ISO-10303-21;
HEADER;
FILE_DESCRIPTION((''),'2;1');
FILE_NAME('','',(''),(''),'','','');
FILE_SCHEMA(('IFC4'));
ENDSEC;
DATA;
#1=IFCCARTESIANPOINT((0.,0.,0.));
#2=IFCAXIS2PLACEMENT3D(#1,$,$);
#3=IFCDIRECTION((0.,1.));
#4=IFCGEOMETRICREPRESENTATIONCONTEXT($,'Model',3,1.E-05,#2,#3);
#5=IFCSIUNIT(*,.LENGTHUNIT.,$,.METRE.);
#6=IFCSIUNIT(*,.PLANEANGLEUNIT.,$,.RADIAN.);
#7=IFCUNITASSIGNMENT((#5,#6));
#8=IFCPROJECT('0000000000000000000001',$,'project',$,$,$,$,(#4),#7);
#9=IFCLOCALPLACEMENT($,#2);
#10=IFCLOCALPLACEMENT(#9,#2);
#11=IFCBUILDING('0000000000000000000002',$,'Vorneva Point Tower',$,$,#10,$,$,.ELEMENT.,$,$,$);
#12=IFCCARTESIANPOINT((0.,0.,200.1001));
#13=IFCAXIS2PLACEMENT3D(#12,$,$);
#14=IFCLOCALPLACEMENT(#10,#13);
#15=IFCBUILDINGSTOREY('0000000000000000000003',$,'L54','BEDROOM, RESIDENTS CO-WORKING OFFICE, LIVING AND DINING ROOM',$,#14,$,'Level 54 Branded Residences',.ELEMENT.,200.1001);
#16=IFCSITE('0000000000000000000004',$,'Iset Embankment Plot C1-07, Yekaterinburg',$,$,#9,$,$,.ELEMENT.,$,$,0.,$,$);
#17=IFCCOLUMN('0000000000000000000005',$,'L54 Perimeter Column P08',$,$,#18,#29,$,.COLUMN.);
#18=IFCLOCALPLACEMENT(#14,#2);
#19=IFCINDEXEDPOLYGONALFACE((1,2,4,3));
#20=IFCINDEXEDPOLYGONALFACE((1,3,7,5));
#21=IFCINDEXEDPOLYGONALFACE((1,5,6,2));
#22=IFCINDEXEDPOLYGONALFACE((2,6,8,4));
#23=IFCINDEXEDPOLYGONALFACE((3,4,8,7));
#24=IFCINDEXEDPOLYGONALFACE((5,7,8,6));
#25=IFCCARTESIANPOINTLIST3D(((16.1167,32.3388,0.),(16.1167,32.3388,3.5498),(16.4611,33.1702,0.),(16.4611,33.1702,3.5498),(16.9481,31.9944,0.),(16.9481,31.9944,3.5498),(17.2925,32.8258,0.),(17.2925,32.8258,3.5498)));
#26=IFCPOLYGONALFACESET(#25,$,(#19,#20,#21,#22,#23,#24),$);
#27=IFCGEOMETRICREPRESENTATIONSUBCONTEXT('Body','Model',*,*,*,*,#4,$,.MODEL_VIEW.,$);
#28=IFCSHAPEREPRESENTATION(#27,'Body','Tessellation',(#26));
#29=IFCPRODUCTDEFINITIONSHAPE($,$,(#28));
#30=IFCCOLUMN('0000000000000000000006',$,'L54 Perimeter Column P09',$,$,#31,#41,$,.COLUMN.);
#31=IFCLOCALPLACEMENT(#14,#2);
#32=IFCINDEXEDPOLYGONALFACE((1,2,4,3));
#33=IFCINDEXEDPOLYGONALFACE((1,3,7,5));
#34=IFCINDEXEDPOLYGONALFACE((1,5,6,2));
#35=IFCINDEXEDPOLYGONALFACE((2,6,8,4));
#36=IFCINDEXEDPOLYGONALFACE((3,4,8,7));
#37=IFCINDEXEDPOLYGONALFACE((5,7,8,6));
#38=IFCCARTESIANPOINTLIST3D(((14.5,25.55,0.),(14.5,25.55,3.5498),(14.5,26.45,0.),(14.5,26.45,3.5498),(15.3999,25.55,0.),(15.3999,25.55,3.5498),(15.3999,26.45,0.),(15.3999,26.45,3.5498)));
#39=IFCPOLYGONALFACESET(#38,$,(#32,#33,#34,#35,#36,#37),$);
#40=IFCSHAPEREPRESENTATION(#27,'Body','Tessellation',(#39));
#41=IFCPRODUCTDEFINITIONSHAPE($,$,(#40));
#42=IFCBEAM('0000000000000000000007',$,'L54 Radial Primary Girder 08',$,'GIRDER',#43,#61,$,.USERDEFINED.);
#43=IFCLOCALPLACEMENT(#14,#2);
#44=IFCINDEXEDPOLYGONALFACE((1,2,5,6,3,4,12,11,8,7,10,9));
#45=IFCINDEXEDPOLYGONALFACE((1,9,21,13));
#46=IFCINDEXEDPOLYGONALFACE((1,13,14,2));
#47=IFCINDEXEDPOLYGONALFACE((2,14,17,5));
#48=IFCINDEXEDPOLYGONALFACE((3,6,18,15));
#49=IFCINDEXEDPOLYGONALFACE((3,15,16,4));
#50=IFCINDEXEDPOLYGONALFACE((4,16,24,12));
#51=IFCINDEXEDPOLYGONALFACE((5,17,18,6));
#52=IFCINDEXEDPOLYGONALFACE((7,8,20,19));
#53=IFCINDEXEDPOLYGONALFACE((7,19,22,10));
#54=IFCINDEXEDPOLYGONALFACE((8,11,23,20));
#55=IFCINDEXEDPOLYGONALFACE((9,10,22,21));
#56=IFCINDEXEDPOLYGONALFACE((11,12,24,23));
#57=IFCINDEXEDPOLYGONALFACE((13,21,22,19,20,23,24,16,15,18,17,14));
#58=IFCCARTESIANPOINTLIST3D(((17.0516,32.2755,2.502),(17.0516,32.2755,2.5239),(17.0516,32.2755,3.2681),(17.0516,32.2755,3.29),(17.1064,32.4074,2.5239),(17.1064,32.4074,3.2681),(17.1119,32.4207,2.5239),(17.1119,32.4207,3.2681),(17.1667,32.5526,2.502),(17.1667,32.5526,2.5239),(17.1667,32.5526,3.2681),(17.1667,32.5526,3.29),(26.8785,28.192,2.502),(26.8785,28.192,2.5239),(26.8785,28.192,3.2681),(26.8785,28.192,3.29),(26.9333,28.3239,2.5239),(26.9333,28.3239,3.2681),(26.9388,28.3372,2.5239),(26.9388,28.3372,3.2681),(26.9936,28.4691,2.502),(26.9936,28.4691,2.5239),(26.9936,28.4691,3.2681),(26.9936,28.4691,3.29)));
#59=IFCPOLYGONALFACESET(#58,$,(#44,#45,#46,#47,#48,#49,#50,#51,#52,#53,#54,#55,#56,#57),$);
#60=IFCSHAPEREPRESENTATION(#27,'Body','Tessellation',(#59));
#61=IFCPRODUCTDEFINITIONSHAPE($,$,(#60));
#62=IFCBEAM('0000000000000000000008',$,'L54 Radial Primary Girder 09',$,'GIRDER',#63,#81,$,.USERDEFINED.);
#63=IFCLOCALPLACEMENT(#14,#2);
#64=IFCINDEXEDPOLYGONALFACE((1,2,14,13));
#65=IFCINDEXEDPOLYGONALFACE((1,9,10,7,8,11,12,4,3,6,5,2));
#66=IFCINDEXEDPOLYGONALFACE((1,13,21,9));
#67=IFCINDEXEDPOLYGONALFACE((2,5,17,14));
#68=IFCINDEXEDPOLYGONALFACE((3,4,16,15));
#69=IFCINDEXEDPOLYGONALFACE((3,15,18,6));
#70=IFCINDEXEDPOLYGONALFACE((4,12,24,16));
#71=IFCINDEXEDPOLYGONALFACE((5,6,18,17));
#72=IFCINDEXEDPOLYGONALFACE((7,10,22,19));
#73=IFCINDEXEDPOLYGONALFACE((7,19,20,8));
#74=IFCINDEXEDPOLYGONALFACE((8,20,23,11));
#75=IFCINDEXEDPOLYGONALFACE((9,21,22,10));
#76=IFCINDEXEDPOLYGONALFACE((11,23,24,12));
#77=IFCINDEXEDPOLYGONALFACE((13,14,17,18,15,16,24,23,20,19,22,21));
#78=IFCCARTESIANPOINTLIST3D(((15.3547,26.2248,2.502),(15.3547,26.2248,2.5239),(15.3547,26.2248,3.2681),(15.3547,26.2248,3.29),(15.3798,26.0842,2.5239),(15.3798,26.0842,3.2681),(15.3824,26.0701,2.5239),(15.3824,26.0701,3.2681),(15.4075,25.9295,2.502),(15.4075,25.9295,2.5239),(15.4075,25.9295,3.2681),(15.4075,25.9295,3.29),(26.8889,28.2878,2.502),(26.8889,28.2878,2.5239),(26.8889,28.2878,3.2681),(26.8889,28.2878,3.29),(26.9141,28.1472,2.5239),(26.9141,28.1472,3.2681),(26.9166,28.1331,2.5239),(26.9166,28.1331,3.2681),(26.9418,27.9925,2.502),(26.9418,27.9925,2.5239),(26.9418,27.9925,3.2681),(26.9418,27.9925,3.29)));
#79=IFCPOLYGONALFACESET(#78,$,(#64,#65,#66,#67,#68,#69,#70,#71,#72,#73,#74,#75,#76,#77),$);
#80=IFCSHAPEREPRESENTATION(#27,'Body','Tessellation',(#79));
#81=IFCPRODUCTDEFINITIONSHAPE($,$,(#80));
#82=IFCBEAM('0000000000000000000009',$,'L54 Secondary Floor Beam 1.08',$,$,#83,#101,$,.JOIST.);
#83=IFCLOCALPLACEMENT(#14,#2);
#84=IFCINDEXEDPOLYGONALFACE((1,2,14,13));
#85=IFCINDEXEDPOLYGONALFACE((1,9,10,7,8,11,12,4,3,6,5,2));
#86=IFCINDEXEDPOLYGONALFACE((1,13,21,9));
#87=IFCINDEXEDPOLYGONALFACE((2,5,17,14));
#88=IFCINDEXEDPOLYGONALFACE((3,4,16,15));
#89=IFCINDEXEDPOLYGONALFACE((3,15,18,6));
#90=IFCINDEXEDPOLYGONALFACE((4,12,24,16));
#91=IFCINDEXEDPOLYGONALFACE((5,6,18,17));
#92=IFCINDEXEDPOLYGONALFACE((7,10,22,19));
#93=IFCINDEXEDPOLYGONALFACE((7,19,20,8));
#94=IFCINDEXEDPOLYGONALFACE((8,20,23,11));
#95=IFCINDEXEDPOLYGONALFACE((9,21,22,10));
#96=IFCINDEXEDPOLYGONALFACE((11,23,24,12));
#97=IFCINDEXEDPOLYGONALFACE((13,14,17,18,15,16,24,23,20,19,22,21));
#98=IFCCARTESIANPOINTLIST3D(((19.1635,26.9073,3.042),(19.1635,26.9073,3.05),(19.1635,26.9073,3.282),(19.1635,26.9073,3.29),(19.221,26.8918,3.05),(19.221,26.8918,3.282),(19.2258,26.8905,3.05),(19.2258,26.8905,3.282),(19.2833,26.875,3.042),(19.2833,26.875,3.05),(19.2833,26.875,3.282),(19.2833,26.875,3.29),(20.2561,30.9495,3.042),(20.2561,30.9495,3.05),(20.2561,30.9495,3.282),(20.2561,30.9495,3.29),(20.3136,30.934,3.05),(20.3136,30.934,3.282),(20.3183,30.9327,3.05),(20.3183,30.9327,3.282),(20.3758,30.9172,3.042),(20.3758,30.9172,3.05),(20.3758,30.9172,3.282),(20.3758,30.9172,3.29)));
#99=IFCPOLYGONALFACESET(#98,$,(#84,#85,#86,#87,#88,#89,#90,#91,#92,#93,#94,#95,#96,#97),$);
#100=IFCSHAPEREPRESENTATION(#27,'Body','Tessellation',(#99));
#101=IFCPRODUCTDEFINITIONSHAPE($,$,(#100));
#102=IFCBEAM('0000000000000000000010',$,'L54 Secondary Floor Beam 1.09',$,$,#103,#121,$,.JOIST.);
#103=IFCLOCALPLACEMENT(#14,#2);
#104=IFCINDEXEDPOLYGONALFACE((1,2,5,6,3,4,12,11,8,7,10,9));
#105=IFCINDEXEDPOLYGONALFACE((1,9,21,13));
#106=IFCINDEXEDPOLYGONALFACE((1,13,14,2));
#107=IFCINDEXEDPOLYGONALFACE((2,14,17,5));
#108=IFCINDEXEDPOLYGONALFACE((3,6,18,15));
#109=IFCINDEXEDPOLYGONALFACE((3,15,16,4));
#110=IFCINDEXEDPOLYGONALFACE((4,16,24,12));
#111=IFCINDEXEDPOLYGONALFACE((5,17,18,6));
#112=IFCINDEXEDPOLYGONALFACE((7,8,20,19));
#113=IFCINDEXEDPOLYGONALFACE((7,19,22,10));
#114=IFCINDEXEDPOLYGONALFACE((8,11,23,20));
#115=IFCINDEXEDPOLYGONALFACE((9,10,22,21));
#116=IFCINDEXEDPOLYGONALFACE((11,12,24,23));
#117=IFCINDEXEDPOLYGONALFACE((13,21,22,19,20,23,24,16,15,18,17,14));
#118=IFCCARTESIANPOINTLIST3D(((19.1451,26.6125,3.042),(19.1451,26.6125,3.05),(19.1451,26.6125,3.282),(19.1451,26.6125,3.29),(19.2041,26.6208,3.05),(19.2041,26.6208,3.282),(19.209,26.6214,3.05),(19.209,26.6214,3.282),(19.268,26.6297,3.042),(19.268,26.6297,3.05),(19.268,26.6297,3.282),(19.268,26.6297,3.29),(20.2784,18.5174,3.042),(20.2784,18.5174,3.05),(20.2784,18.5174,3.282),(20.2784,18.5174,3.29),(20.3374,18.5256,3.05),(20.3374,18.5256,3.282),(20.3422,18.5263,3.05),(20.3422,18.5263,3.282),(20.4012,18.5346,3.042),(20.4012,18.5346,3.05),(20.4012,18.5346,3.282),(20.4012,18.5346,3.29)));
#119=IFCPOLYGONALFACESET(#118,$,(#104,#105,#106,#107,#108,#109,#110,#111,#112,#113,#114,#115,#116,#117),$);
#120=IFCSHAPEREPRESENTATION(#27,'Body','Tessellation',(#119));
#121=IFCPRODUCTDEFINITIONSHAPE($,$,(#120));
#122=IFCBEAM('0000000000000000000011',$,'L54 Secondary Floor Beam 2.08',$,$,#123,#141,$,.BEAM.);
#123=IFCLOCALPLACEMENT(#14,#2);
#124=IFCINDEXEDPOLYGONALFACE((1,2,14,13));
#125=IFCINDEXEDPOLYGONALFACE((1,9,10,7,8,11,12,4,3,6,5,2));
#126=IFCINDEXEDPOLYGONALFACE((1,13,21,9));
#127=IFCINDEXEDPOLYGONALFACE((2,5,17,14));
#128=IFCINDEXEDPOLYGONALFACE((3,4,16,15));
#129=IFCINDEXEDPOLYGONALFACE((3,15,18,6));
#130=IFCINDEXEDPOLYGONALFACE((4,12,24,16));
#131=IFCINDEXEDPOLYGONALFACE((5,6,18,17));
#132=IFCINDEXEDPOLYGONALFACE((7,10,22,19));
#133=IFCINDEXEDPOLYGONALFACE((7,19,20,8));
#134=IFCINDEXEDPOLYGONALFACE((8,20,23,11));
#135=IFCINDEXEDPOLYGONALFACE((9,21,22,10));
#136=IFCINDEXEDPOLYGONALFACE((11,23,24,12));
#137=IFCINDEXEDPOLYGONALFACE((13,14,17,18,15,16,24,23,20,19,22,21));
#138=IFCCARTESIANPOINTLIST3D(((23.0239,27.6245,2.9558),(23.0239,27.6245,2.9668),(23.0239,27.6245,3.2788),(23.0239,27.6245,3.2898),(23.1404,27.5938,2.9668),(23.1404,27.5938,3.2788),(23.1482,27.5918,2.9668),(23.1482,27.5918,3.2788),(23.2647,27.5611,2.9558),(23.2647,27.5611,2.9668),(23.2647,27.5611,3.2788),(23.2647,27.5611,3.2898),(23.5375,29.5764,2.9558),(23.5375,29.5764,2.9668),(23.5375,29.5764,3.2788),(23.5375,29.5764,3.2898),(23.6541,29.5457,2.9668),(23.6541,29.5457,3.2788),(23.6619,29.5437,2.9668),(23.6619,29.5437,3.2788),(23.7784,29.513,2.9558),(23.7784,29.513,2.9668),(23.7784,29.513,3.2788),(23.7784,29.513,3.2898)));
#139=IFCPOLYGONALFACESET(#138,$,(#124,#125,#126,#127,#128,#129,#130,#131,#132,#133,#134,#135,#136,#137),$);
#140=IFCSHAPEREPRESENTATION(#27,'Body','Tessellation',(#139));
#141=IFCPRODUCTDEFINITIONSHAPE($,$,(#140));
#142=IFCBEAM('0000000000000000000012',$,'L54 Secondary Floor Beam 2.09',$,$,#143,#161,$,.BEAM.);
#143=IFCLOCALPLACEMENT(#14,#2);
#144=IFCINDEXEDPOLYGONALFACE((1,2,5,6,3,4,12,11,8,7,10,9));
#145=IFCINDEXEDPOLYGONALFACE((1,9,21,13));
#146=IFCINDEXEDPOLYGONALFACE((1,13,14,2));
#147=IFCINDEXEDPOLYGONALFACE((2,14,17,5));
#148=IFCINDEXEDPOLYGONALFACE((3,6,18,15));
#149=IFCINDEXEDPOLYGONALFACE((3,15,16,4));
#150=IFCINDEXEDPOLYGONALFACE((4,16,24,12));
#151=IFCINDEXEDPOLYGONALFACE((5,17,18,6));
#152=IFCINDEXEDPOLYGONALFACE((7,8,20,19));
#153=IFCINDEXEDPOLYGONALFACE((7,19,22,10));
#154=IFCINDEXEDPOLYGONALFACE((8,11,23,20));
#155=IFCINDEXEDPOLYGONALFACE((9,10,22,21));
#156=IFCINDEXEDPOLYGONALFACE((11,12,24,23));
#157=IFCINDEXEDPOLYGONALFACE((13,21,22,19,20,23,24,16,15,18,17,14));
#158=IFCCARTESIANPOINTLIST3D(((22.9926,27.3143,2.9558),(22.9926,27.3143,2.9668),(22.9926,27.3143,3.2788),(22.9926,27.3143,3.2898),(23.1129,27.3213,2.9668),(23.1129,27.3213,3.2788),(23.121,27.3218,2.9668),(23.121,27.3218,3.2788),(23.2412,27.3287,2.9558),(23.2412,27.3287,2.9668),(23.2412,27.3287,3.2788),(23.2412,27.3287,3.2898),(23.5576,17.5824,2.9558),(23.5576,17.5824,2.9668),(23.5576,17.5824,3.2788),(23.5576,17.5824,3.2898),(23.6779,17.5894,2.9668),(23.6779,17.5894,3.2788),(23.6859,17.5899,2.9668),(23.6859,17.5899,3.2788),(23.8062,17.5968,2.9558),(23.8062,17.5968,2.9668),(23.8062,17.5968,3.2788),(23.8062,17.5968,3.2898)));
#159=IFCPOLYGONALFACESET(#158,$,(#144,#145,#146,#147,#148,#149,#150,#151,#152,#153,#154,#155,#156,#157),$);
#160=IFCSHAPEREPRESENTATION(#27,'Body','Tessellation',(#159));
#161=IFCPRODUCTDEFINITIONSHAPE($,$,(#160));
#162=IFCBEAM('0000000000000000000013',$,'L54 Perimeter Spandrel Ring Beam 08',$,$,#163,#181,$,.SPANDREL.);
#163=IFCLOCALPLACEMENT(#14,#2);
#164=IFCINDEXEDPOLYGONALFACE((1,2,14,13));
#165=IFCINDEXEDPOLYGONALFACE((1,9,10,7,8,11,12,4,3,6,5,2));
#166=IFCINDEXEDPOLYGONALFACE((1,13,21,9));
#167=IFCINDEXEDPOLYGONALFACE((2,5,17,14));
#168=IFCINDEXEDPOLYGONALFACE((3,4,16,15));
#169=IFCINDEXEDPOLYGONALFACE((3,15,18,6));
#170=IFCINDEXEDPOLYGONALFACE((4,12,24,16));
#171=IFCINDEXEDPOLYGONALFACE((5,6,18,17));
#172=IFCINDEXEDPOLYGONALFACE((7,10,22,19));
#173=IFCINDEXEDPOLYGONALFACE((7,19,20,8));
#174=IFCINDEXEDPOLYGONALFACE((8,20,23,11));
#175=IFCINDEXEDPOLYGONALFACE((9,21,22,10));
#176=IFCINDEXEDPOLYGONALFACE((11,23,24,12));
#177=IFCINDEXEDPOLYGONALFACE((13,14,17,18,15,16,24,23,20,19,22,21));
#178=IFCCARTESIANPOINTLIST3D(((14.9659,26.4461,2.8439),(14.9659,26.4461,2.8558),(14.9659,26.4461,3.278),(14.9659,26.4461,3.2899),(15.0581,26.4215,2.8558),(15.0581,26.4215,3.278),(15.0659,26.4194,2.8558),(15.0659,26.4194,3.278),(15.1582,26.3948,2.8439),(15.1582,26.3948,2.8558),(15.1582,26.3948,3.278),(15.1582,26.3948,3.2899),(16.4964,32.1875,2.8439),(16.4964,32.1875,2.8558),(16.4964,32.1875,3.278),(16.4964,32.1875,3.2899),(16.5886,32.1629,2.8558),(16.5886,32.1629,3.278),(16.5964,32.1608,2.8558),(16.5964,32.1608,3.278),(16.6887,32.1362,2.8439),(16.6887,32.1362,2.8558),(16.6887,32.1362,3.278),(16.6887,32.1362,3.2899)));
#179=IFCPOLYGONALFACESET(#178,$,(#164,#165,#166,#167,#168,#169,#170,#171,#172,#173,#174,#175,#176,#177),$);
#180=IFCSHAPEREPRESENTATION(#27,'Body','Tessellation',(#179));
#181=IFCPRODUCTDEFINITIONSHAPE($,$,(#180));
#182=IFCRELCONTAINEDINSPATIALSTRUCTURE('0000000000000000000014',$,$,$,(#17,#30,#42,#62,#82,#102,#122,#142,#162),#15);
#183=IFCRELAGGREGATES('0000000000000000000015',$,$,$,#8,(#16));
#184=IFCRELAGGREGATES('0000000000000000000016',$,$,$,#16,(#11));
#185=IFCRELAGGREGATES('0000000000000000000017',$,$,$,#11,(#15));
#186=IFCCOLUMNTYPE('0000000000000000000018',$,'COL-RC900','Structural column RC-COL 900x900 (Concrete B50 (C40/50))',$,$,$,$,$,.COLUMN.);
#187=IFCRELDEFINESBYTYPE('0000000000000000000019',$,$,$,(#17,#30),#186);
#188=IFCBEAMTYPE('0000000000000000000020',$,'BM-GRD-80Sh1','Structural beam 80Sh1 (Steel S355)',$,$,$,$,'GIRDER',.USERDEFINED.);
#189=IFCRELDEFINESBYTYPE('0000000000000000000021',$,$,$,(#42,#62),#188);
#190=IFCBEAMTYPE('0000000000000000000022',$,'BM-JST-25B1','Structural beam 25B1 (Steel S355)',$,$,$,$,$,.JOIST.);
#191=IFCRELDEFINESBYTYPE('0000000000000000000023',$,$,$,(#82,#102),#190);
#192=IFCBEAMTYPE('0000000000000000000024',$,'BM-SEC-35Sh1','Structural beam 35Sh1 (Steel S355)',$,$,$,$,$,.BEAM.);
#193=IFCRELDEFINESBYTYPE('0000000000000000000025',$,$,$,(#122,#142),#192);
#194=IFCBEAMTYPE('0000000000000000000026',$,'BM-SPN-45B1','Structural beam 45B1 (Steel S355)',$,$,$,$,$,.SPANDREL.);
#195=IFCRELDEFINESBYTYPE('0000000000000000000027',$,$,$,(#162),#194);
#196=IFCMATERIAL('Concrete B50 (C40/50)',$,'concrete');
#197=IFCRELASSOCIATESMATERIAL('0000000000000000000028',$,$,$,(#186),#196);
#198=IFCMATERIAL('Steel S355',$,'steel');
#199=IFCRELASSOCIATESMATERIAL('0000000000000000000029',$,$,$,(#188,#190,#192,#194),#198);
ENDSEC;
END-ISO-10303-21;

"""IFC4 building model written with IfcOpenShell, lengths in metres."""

from ifc_helpers import new_model, si_unit, direction, frame, origin, origin_2d, place, context, subcontext, project, spatial, rectangle, i_section, extrude, material, material_profile, profile_set, type_object, element, save


model = new_model("IFC4")

# Units and contexts
model_context = context("Model", 3, precision=1e-05, world=origin(), true_north=direction((0.0, 1.0)))
body_context = subcontext(model_context, "Body", "Model", "MODEL_VIEW")
ifc_project = project(units=[si_unit("LENGTHUNIT", "METRE"), si_unit("PLANEANGLEUNIT", "RADIAN")], contexts=[model_context])

# Site, building, storey
site_placement = place(None, origin())
site = spatial("IfcSite", under=ifc_project, at=site_placement, Name="Iset Embankment Plot C1-07, Yekaterinburg", CompositionType="ELEMENT", RefElevation=0.0)
building_placement = place(site_placement, origin())
building = spatial("IfcBuilding", under=site, at=building_placement, Name="Vorneva Point Tower", CompositionType="ELEMENT")
storey_placement = place(building_placement, frame((0.0, 0.0, 200.1001)))
storey = spatial("IfcBuildingStorey", under=building, at=storey_placement, Name="L54", Description="BEDROOM, RESIDENTS CO-WORKING OFFICE, LIVING AND DINING ROOM", LongName="Level 54 Branded Residences", CompositionType="ELEMENT", Elevation=200.1001)

# Columns
ifc_material_1 = material(Name="Concrete B50 (C40/50)", Category="concrete")
ifc_material_profile_1 = material_profile(ifc_material_1, rectangle(XDim=0.8999, YDim=0.8999, at=origin_2d()), Name="RC-COL 900x900")
ifc_profile_set_1 = profile_set([ifc_material_profile_1], Name="Concrete B50 (C40/50)")
column_type = type_object("IfcColumnType", Name="COL-RC900", Description="Structural column RC-COL 900x900 (Concrete B50 (C40/50))", PredefinedType="COLUMN", material=ifc_profile_set_1)
for number, where, z_axis, x_axis, name in (
    (1, (16.7046, 32.5823, 0.0), (0.0, 0.0, 1.0), (-0.92388, 0.382683, 0.0), "L54 Perimeter Column P08"),
    (2, (14.95, 26.0, 0.0), (0.0, 0.0, 1.0), (-1.0, 0.0, 0.0), "L54 Perimeter Column P09"),
):
    element("IfcColumn", number, at=place(storey_placement, frame(where, z_axis=z_axis, x_axis=x_axis)), inside=storey, type_object=column_type, Name=name, PredefinedType="COLUMN", context=body_context, shape_type="SweptSolid", body=[
        extrude(rectangle(XDim=0.8999, YDim=0.8999, at=origin_2d()), origin(), (0.0, 0.0, 1.0), 3.5498),
    ])

# Beams
ifc_material_2 = material(Name="Steel S355", Category="steel")
ifc_material_profile_2 = material_profile(ifc_material_2, i_section(OverallWidth=0.3, OverallDepth=0.7881, WebThickness=0.0144, FlangeThickness=0.022, at=origin_2d()), Name="80Sh1")
ifc_profile_set_2 = profile_set([ifc_material_profile_2], Name="Steel S355")
beam_type_1 = type_object("IfcBeamType", Name="BM-GRD-80Sh1", Description="Structural beam 80Sh1 (Steel S355)", ElementType="GIRDER", PredefinedType="USERDEFINED", material=ifc_profile_set_2)
beam_1_placement = place(storey_placement, frame((17.1091, 32.4141, 2.896), z_axis=(0.923445, -0.383731, 0.0), x_axis=(0.383731, 0.923445, 0.0)))
element("IfcBeam", 3, at=beam_1_placement, inside=storey, type_object=beam_type_1, Name="L54 Radial Primary Girder 08", ObjectType="GIRDER", PredefinedType="USERDEFINED", context=body_context, shape_type="SweptSolid", body=[
    extrude(i_section(OverallWidth=0.3, OverallDepth=0.7881, WebThickness=0.0144, FlangeThickness=0.022, at=origin_2d()), origin(), (0.0, 0.0, 1.0), 10.6416),
])
beam_2_placement = place(storey_placement, frame((15.3811, 26.0771, 2.896), z_axis=(0.984379, 0.176065, 0.0), x_axis=(-0.176065, 0.984379, 0.0)))
element("IfcBeam", 4, at=beam_2_placement, inside=storey, type_object=beam_type_1, Name="L54 Radial Primary Girder 09", ObjectType="GIRDER", PredefinedType="USERDEFINED", context=body_context, shape_type="SweptSolid", body=[
    extrude(i_section(OverallWidth=0.3, OverallDepth=0.7881, WebThickness=0.0144, FlangeThickness=0.022, at=origin_2d()), origin(), (0.0, 0.0, 1.0), 11.7173),
])
ifc_material_profile_3 = material_profile(ifc_material_2, i_section(OverallWidth=0.124, OverallDepth=0.248, WebThickness=0.0049, FlangeThickness=0.0081, at=origin_2d()), Name="25B1")
ifc_profile_set_3 = profile_set([ifc_material_profile_3], Name="Steel S355")
beam_type_2 = type_object("IfcBeamType", Name="BM-JST-25B1", Description="Structural beam 25B1 (Steel S355)", PredefinedType="JOIST", material=ifc_profile_set_3)
beam_3_placement = place(storey_placement, frame((20.3159, 30.9333, 3.166), z_axis=(-0.260916, -0.965361, 0.0), x_axis=(0.965361, -0.260916, 0.0)))
element("IfcBeam", 5, at=beam_3_placement, inside=storey, type_object=beam_type_2, Name="L54 Secondary Floor Beam 1.08", PredefinedType="JOIST", context=body_context, shape_type="SweptSolid", body=[
    extrude(i_section(OverallWidth=0.124, OverallDepth=0.248, WebThickness=0.0049, FlangeThickness=0.0081, at=origin_2d()), origin(), (0.0, 0.0, 1.0), 4.1873),
])
beam_4_placement = place(storey_placement, frame((19.2065, 26.6211, 3.166), z_axis=(0.138644, -0.990342, 0.0), x_axis=(0.990342, 0.138644, 0.0)))
element("IfcBeam", 6, at=beam_4_placement, inside=storey, type_object=beam_type_2, Name="L54 Secondary Floor Beam 1.09", PredefinedType="JOIST", context=body_context, shape_type="SweptSolid", body=[
    extrude(i_section(OverallWidth=0.124, OverallDepth=0.248, WebThickness=0.0049, FlangeThickness=0.0081, at=origin_2d()), origin(), (0.0, 0.0, 1.0), 8.1741),
])
ifc_material_profile_4 = material_profile(ifc_material_2, i_section(OverallWidth=0.249, OverallDepth=0.334, WebThickness=0.0081, FlangeThickness=0.011, at=origin_2d()), Name="35Sh1")
ifc_profile_set_4 = profile_set([ifc_material_profile_4], Name="Steel S355")
beam_type_3 = type_object("IfcBeamType", Name="BM-SEC-35Sh1", Description="Structural beam 35Sh1 (Steel S355)", PredefinedType="BEAM", material=ifc_profile_set_4)
beam_5_placement = place(storey_placement, frame((23.658, 29.5447, 3.1228), z_axis=(-0.254499, -0.967073, 0.0), x_axis=(0.967073, -0.254499, 0.0)))
element("IfcBeam", 7, at=beam_5_placement, inside=storey, type_object=beam_type_3, Name="L54 Secondary Floor Beam 2.08", PredefinedType="BEAM", context=body_context, shape_type="SweptSolid", body=[
    extrude(i_section(OverallWidth=0.249, OverallDepth=0.334, WebThickness=0.0081, FlangeThickness=0.011, at=origin_2d()), origin(), (0.0, 0.0, 1.0), 2.0183),
])
beam_6_placement = place(storey_placement, frame((23.1169, 27.3215, 3.1228), z_axis=(0.057953, -0.998319, 0.0), x_axis=(0.998319, 0.057953, 0.0)))
element("IfcBeam", 8, at=beam_6_placement, inside=storey, type_object=beam_type_3, Name="L54 Secondary Floor Beam 2.09", PredefinedType="BEAM", context=body_context, shape_type="SweptSolid", body=[
    extrude(i_section(OverallWidth=0.249, OverallDepth=0.334, WebThickness=0.0081, FlangeThickness=0.011, at=origin_2d()), origin(), (0.0, 0.0, 1.0), 9.7483),
])
ifc_material_profile_5 = material_profile(ifc_material_2, i_section(OverallWidth=0.199, OverallDepth=0.446, WebThickness=0.0081, FlangeThickness=0.012, at=origin_2d()), Name="45B1")
ifc_profile_set_5 = profile_set([ifc_material_profile_5], Name="Steel S355")
beam_type_4 = type_object("IfcBeamType", Name="BM-SPN-45B1", Description="Structural beam 45B1 (Steel S355)", PredefinedType="SPANDREL", material=ifc_profile_set_5)
for number, where, z_axis, x_axis, name in (
    (9, (16.5925, 32.1619, 3.0669), (-0.257578, -0.966257, 0.0), (0.966257, -0.257578, 0.0), "L54 Perimeter Spandrel Ring Beam 08"),
):
    element("IfcBeam", number, at=place(storey_placement, frame(where, z_axis=z_axis, x_axis=x_axis)), inside=storey, type_object=beam_type_4, Name=name, PredefinedType="SPANDREL", context=body_context, shape_type="SweptSolid", body=[
        extrude(i_section(OverallWidth=0.199, OverallDepth=0.446, WebThickness=0.0081, FlangeThickness=0.012, at=origin_2d()), origin(), (0.0, 0.0, 1.0), 5.9419),
    ])

save(model, "model.ifc")
